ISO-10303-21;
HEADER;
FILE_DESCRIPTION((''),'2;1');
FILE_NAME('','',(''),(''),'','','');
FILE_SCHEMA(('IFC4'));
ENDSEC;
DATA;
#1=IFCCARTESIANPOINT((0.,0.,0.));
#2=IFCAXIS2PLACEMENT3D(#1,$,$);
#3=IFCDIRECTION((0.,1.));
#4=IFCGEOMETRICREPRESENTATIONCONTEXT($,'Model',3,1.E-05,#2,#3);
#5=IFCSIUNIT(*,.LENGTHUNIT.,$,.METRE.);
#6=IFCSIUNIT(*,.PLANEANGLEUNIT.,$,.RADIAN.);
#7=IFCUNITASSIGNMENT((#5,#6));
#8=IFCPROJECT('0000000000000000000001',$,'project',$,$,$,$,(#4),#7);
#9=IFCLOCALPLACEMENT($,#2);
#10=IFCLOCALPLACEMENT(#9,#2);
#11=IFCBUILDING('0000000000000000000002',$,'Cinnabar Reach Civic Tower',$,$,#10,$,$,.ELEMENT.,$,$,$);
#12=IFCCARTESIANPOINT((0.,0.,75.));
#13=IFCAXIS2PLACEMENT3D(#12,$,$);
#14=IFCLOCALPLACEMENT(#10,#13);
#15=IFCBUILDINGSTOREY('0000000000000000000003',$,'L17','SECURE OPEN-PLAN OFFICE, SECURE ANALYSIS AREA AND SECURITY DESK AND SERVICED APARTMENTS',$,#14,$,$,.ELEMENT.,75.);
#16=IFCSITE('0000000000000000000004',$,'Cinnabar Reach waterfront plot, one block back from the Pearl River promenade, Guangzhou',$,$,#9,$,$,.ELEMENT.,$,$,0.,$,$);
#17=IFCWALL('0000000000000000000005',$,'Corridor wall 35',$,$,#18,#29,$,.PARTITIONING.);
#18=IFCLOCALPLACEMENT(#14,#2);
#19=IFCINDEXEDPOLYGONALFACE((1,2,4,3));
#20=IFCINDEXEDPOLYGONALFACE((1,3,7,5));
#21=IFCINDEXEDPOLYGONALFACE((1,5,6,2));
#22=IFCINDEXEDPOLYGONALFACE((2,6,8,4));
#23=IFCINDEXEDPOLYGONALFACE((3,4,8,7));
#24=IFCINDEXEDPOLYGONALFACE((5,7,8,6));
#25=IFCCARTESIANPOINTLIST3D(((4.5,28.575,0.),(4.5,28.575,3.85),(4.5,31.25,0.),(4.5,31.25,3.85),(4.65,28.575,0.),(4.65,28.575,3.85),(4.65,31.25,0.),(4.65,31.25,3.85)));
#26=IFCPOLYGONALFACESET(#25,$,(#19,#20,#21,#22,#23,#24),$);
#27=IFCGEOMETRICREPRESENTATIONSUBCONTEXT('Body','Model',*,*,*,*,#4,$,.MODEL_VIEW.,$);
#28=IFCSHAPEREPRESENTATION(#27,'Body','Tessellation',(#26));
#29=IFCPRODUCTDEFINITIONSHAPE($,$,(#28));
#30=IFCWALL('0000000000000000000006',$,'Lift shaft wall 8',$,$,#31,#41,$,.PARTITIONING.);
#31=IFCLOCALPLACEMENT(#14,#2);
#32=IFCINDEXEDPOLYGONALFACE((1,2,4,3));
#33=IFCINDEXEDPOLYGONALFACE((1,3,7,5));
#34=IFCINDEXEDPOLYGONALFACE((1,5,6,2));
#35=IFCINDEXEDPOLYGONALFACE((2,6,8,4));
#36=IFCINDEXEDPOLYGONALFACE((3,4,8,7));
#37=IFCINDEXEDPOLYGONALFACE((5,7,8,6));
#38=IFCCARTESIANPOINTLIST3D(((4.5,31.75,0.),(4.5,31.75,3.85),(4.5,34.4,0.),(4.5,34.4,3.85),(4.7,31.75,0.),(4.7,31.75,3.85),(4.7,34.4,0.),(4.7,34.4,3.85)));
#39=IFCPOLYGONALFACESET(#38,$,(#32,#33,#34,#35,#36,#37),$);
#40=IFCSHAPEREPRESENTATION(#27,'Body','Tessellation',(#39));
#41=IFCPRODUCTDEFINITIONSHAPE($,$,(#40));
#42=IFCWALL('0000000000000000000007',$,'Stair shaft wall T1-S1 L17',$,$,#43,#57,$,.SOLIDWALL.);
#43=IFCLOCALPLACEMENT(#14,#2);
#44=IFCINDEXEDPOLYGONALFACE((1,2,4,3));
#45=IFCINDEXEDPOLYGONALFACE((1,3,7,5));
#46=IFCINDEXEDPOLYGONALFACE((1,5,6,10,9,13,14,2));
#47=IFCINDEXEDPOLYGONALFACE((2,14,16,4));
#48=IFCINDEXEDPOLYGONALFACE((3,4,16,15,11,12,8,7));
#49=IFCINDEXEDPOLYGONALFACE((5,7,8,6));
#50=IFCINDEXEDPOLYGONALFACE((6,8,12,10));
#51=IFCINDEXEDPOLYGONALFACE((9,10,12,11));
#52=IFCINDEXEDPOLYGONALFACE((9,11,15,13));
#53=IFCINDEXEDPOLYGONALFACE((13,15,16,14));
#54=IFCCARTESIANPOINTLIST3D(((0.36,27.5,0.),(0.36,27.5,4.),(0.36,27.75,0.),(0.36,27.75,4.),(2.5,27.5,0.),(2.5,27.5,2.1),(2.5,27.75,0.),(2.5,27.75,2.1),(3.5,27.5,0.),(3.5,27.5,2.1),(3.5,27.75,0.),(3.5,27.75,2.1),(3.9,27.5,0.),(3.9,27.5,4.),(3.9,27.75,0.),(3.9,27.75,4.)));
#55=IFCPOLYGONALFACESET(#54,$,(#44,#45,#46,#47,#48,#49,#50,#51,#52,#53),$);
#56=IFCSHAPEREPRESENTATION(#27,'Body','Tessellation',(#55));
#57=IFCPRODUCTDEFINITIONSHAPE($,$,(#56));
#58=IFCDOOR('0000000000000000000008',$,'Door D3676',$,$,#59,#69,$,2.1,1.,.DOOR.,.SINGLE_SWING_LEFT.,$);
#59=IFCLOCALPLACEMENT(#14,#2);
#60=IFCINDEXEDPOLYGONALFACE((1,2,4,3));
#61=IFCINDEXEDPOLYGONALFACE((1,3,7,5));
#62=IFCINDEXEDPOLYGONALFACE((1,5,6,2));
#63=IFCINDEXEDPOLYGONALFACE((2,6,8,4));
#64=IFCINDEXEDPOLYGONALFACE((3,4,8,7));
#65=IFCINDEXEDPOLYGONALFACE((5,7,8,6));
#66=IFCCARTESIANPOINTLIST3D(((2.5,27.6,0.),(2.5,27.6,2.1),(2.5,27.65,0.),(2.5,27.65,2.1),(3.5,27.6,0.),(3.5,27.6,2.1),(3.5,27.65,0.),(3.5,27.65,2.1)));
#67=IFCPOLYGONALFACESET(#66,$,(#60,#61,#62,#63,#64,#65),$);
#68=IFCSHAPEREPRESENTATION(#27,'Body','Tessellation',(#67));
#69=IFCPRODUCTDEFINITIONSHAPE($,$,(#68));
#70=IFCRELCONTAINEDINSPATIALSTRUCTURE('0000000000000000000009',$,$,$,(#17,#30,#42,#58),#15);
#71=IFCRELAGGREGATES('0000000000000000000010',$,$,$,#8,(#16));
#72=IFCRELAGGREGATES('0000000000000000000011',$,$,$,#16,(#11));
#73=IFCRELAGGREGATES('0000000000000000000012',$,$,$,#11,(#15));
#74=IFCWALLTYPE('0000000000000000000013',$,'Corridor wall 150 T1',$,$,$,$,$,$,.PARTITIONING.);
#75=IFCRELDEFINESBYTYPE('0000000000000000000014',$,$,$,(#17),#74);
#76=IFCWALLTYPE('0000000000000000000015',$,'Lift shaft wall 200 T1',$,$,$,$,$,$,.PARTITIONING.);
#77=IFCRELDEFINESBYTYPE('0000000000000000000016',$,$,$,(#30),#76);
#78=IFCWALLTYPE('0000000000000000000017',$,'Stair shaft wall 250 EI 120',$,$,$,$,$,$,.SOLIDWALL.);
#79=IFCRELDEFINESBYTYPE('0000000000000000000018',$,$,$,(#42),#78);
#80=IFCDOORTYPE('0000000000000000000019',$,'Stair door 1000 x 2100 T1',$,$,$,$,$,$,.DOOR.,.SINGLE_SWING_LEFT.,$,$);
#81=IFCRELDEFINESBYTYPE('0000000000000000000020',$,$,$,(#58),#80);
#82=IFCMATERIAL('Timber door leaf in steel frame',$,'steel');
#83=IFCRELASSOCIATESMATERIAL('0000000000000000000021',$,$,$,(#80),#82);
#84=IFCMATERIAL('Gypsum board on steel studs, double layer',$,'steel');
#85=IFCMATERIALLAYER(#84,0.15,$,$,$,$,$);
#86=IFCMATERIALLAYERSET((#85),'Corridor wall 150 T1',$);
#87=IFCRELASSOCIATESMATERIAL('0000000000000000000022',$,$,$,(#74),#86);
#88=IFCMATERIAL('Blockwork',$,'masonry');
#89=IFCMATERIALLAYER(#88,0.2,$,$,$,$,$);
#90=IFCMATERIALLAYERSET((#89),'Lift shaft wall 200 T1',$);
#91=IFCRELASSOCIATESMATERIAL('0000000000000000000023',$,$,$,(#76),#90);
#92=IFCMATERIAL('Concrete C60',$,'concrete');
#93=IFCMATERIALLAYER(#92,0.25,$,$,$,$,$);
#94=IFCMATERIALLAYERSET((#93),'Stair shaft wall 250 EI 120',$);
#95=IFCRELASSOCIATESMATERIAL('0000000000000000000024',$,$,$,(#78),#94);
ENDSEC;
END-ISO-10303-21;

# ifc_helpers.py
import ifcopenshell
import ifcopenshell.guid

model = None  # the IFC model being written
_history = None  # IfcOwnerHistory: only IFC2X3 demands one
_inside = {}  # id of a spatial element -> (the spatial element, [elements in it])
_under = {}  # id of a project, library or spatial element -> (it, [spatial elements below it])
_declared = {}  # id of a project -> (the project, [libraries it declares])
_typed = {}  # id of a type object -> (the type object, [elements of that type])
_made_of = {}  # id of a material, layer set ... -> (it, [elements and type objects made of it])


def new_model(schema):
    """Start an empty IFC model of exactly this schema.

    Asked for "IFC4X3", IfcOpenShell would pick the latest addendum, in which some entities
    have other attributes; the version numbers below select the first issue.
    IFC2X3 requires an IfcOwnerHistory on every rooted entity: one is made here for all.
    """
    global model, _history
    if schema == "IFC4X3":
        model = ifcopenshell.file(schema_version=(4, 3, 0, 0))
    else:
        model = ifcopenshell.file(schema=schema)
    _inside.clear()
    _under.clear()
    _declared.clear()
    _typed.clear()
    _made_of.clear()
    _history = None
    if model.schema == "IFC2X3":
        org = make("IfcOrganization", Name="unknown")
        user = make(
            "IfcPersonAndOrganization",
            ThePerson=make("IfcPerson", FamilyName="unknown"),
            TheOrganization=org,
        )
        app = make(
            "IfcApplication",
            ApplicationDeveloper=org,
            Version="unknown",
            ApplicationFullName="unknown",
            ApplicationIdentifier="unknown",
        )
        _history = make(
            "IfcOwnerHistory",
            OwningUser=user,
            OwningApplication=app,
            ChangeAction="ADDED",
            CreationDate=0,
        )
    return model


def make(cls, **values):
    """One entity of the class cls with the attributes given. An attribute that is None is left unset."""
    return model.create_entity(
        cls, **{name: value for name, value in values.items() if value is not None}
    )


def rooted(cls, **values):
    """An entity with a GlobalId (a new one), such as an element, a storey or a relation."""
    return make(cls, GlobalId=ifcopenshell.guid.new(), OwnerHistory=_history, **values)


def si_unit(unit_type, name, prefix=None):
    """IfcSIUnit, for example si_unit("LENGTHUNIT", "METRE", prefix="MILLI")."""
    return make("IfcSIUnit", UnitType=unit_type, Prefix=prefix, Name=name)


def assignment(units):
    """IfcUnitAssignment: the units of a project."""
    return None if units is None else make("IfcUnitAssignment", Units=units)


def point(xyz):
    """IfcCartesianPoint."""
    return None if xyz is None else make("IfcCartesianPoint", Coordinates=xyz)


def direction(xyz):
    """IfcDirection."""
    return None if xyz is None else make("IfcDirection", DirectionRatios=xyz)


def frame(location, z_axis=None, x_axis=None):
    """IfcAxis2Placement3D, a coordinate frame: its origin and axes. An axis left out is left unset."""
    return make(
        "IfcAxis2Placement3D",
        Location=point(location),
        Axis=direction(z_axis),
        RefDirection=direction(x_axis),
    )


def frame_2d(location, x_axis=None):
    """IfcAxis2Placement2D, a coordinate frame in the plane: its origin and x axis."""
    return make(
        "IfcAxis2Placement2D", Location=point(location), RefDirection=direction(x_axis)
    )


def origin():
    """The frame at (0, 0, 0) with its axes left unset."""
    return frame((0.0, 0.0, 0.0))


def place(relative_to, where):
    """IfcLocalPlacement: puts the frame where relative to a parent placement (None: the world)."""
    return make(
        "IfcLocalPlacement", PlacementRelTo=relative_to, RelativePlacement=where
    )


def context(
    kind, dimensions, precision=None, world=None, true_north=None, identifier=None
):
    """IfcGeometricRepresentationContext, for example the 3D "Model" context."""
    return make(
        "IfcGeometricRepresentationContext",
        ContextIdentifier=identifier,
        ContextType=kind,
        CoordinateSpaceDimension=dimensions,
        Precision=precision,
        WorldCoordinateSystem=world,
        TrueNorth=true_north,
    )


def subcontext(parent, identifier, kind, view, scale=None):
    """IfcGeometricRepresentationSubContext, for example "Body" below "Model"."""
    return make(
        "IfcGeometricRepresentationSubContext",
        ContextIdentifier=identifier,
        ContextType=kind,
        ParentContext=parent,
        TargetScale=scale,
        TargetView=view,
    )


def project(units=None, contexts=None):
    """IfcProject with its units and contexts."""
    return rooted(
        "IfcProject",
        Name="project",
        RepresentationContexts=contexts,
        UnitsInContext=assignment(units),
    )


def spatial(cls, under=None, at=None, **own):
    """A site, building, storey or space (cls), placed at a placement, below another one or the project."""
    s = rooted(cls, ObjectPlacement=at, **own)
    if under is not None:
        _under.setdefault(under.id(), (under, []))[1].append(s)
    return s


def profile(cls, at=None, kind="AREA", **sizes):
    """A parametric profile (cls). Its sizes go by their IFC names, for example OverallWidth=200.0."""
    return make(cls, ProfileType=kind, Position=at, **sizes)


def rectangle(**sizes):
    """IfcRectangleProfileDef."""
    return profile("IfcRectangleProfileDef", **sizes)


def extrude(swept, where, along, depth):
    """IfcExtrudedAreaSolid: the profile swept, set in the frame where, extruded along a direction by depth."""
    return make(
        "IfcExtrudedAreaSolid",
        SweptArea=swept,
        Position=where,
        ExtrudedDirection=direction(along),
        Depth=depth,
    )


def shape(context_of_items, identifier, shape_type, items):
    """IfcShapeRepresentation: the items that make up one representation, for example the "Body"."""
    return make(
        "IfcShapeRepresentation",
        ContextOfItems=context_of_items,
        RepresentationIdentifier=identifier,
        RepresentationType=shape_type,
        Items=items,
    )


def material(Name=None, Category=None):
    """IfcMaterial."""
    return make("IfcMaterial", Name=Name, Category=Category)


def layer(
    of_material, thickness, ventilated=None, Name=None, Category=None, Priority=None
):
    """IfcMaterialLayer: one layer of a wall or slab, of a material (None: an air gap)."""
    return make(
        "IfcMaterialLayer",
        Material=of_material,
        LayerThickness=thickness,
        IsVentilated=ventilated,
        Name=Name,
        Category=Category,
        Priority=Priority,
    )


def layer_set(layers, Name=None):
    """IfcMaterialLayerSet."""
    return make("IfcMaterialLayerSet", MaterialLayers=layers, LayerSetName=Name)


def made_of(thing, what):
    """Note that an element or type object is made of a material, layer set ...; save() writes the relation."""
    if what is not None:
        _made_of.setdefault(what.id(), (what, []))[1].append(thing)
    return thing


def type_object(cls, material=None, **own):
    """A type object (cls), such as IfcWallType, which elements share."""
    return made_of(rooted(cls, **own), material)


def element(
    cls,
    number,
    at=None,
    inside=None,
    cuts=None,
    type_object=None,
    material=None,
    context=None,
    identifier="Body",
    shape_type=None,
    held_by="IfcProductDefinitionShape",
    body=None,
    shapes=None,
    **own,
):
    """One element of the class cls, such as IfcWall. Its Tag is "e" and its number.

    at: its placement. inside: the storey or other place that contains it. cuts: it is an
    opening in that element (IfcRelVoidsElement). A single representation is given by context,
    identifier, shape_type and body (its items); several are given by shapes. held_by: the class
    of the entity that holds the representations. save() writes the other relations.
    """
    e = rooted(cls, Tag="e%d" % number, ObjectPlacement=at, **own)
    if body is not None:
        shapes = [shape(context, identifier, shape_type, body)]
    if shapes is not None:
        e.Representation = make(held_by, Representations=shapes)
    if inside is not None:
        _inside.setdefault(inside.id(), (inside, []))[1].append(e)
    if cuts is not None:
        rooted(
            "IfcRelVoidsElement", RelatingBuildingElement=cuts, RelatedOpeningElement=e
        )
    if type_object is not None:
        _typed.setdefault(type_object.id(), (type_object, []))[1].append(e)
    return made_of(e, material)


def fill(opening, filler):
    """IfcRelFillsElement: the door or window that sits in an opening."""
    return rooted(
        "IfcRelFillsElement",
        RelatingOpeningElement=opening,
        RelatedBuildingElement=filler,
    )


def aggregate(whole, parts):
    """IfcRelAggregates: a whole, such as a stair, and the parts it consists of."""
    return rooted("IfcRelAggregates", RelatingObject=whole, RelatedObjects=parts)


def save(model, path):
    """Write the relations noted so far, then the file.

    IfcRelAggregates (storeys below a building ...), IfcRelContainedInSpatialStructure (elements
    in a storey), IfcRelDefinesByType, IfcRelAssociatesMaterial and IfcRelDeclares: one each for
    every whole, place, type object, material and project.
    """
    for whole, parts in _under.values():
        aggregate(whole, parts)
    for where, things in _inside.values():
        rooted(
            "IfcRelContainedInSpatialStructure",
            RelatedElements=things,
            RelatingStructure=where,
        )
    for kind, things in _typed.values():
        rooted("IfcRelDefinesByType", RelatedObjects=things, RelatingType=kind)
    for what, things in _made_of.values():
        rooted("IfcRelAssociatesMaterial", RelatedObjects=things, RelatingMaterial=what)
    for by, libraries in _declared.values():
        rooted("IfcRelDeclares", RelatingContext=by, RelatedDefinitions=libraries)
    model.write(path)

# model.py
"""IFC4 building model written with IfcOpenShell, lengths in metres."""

from ifc_helpers import new_model, si_unit, direction, frame, frame_2d, origin, place, context, subcontext, project, spatial, rectangle, extrude, material, layer, layer_set, type_object, element, fill, save


model = new_model("IFC4")

# Units and contexts
model_context = context("Model", 3, precision=1e-05, world=origin(), true_north=direction((0.0, 1.0)))
body_context = subcontext(model_context, "Body", "Model", "MODEL_VIEW")
ifc_project = project(units=[si_unit("LENGTHUNIT", "METRE"), si_unit("PLANEANGLEUNIT", "RADIAN")], contexts=[model_context])

# Site, building, storey
site_placement = place(None, origin())
site = spatial("IfcSite", under=ifc_project, at=site_placement, Name="Cinnabar Reach waterfront plot, one block back from the Pearl River promenade, Guangzhou", CompositionType="ELEMENT", RefElevation=0.0)
building_placement = place(site_placement, origin())
building = spatial("IfcBuilding", under=site, at=building_placement, Name="Cinnabar Reach Civic Tower", CompositionType="ELEMENT")
storey_placement = place(building_placement, frame((0.0, 0.0, 75.0)))
storey = spatial("IfcBuildingStorey", under=building, at=storey_placement, Name="L17", Description="SECURE OPEN-PLAN OFFICE, SECURE ANALYSIS AREA AND SECURITY DESK AND SERVICED APARTMENTS", CompositionType="ELEMENT", Elevation=75.0)

# Shared definitions
ifc_material_1 = material(Name="Concrete C60", Category="concrete")

# Shared definitions
ifc_material_2 = material(Name="Timber door leaf in steel frame", Category="steel")
door_type_1 = type_object("IfcDoorType", Name="Stair door 1000 x 2100 T1", OperationType="SINGLE_SWING_LEFT", PredefinedType="DOOR", material=ifc_material_2)

# Shared definitions
ifc_material_3 = material(Name="Gypsum board on steel studs, double layer", Category="steel")
ifc_layer_1 = layer(ifc_material_3, 0.15)
ifc_layer_set_1 = layer_set([ifc_layer_1], Name="Corridor wall 150 T1")
wall_type_1 = type_object("IfcWallType", Name="Corridor wall 150 T1", PredefinedType="PARTITIONING", material=ifc_layer_set_1)

# Walls
wall_1_placement = place(storey_placement, frame((4.575, 28.575, 0.0), z_axis=(0.0, 0.0, 1.0), x_axis=(0.0, 1.0, 0.0)))
element("IfcWall", 1, at=wall_1_placement, inside=storey, type_object=wall_type_1, Name="Corridor wall 35", PredefinedType="PARTITIONING", context=body_context, shape_type="SweptSolid", body=[
    extrude(rectangle(XDim=2.675, YDim=0.15, at=frame_2d((1.3375, 0.0))), origin(), (0.0, 0.0, 1.0), 3.85),
])
ifc_material_4 = material(Name="Blockwork", Category="masonry")
ifc_layer_2 = layer(ifc_material_4, 0.2)
ifc_layer_set_2 = layer_set([ifc_layer_2], Name="Lift shaft wall 200 T1")
wall_type_2 = type_object("IfcWallType", Name="Lift shaft wall 200 T1", PredefinedType="PARTITIONING", material=ifc_layer_set_2)
wall_2_placement = place(storey_placement, frame((4.6, 31.75, 0.0), z_axis=(0.0, 0.0, 1.0), x_axis=(0.0, 1.0, 0.0)))
element("IfcWall", 2, at=wall_2_placement, inside=storey, type_object=wall_type_2, Name="Lift shaft wall 8", PredefinedType="PARTITIONING", context=body_context, shape_type="SweptSolid", body=[
    extrude(rectangle(XDim=2.65, YDim=0.2, at=frame_2d((1.325, 0.0))), origin(), (0.0, 0.0, 1.0), 3.85),
])

# Wall, opening, door
ifc_layer_3 = layer(ifc_material_1, 0.25)
ifc_layer_set_3 = layer_set([ifc_layer_3], Name="Stair shaft wall 250 EI 120")
wall_type_3 = type_object("IfcWallType", Name="Stair shaft wall 250 EI 120", PredefinedType="SOLIDWALL", material=ifc_layer_set_3)
wall_3_placement = place(storey_placement, frame((3.9, 27.625, 0.0), z_axis=(0.0, 0.0, 1.0), x_axis=(-1.0, 0.0, 0.0)))
wall_3 = element("IfcWall", 3, at=wall_3_placement, inside=storey, type_object=wall_type_3, Name="Stair shaft wall T1-S1 L17", PredefinedType="SOLIDWALL", context=body_context, shape_type="SweptSolid", body=[
    extrude(rectangle(XDim=3.54, YDim=0.25, at=frame_2d((1.77, 0.0))), origin(), (0.0, 0.0, 1.0), 4.0),
])
opening_1_placement = place(wall_3_placement, frame((0.4, 0.0, 0.0)))
opening_1 = element("IfcOpeningElement", 4, at=opening_1_placement, cuts=wall_3, PredefinedType="OPENING", context=body_context, shape_type="SweptSolid", body=[
    extrude(rectangle(XDim=1.0, YDim=2.1, at=frame_2d((0.5, 1.05))), frame((0.0, 0.135, 0.0), z_axis=(0.0, -1.0, 0.0), x_axis=(1.0, 0.0, 0.0)), (0.0, 0.0, 1.0), 0.27),
])
door_1_placement = place(opening_1_placement, origin())
door_1 = element("IfcDoor", 5, at=door_1_placement, inside=storey, type_object=door_type_1, Name="Door D3676", OperationType="SINGLE_SWING_LEFT", OverallHeight=2.1, OverallWidth=1.0, PredefinedType="DOOR", context=body_context, shape_type="SweptSolid", body=[
    extrude(rectangle(XDim=1.0, YDim=2.1, at=frame_2d((0.5, 1.05))), frame((0.0, 0.025, 0.0), z_axis=(0.0, -1.0, 0.0), x_axis=(1.0, 0.0, 0.0)), (0.0, 0.0, 1.0), 0.05),
])
fill(opening_1, door_1)

save(model, "model.ifc")
